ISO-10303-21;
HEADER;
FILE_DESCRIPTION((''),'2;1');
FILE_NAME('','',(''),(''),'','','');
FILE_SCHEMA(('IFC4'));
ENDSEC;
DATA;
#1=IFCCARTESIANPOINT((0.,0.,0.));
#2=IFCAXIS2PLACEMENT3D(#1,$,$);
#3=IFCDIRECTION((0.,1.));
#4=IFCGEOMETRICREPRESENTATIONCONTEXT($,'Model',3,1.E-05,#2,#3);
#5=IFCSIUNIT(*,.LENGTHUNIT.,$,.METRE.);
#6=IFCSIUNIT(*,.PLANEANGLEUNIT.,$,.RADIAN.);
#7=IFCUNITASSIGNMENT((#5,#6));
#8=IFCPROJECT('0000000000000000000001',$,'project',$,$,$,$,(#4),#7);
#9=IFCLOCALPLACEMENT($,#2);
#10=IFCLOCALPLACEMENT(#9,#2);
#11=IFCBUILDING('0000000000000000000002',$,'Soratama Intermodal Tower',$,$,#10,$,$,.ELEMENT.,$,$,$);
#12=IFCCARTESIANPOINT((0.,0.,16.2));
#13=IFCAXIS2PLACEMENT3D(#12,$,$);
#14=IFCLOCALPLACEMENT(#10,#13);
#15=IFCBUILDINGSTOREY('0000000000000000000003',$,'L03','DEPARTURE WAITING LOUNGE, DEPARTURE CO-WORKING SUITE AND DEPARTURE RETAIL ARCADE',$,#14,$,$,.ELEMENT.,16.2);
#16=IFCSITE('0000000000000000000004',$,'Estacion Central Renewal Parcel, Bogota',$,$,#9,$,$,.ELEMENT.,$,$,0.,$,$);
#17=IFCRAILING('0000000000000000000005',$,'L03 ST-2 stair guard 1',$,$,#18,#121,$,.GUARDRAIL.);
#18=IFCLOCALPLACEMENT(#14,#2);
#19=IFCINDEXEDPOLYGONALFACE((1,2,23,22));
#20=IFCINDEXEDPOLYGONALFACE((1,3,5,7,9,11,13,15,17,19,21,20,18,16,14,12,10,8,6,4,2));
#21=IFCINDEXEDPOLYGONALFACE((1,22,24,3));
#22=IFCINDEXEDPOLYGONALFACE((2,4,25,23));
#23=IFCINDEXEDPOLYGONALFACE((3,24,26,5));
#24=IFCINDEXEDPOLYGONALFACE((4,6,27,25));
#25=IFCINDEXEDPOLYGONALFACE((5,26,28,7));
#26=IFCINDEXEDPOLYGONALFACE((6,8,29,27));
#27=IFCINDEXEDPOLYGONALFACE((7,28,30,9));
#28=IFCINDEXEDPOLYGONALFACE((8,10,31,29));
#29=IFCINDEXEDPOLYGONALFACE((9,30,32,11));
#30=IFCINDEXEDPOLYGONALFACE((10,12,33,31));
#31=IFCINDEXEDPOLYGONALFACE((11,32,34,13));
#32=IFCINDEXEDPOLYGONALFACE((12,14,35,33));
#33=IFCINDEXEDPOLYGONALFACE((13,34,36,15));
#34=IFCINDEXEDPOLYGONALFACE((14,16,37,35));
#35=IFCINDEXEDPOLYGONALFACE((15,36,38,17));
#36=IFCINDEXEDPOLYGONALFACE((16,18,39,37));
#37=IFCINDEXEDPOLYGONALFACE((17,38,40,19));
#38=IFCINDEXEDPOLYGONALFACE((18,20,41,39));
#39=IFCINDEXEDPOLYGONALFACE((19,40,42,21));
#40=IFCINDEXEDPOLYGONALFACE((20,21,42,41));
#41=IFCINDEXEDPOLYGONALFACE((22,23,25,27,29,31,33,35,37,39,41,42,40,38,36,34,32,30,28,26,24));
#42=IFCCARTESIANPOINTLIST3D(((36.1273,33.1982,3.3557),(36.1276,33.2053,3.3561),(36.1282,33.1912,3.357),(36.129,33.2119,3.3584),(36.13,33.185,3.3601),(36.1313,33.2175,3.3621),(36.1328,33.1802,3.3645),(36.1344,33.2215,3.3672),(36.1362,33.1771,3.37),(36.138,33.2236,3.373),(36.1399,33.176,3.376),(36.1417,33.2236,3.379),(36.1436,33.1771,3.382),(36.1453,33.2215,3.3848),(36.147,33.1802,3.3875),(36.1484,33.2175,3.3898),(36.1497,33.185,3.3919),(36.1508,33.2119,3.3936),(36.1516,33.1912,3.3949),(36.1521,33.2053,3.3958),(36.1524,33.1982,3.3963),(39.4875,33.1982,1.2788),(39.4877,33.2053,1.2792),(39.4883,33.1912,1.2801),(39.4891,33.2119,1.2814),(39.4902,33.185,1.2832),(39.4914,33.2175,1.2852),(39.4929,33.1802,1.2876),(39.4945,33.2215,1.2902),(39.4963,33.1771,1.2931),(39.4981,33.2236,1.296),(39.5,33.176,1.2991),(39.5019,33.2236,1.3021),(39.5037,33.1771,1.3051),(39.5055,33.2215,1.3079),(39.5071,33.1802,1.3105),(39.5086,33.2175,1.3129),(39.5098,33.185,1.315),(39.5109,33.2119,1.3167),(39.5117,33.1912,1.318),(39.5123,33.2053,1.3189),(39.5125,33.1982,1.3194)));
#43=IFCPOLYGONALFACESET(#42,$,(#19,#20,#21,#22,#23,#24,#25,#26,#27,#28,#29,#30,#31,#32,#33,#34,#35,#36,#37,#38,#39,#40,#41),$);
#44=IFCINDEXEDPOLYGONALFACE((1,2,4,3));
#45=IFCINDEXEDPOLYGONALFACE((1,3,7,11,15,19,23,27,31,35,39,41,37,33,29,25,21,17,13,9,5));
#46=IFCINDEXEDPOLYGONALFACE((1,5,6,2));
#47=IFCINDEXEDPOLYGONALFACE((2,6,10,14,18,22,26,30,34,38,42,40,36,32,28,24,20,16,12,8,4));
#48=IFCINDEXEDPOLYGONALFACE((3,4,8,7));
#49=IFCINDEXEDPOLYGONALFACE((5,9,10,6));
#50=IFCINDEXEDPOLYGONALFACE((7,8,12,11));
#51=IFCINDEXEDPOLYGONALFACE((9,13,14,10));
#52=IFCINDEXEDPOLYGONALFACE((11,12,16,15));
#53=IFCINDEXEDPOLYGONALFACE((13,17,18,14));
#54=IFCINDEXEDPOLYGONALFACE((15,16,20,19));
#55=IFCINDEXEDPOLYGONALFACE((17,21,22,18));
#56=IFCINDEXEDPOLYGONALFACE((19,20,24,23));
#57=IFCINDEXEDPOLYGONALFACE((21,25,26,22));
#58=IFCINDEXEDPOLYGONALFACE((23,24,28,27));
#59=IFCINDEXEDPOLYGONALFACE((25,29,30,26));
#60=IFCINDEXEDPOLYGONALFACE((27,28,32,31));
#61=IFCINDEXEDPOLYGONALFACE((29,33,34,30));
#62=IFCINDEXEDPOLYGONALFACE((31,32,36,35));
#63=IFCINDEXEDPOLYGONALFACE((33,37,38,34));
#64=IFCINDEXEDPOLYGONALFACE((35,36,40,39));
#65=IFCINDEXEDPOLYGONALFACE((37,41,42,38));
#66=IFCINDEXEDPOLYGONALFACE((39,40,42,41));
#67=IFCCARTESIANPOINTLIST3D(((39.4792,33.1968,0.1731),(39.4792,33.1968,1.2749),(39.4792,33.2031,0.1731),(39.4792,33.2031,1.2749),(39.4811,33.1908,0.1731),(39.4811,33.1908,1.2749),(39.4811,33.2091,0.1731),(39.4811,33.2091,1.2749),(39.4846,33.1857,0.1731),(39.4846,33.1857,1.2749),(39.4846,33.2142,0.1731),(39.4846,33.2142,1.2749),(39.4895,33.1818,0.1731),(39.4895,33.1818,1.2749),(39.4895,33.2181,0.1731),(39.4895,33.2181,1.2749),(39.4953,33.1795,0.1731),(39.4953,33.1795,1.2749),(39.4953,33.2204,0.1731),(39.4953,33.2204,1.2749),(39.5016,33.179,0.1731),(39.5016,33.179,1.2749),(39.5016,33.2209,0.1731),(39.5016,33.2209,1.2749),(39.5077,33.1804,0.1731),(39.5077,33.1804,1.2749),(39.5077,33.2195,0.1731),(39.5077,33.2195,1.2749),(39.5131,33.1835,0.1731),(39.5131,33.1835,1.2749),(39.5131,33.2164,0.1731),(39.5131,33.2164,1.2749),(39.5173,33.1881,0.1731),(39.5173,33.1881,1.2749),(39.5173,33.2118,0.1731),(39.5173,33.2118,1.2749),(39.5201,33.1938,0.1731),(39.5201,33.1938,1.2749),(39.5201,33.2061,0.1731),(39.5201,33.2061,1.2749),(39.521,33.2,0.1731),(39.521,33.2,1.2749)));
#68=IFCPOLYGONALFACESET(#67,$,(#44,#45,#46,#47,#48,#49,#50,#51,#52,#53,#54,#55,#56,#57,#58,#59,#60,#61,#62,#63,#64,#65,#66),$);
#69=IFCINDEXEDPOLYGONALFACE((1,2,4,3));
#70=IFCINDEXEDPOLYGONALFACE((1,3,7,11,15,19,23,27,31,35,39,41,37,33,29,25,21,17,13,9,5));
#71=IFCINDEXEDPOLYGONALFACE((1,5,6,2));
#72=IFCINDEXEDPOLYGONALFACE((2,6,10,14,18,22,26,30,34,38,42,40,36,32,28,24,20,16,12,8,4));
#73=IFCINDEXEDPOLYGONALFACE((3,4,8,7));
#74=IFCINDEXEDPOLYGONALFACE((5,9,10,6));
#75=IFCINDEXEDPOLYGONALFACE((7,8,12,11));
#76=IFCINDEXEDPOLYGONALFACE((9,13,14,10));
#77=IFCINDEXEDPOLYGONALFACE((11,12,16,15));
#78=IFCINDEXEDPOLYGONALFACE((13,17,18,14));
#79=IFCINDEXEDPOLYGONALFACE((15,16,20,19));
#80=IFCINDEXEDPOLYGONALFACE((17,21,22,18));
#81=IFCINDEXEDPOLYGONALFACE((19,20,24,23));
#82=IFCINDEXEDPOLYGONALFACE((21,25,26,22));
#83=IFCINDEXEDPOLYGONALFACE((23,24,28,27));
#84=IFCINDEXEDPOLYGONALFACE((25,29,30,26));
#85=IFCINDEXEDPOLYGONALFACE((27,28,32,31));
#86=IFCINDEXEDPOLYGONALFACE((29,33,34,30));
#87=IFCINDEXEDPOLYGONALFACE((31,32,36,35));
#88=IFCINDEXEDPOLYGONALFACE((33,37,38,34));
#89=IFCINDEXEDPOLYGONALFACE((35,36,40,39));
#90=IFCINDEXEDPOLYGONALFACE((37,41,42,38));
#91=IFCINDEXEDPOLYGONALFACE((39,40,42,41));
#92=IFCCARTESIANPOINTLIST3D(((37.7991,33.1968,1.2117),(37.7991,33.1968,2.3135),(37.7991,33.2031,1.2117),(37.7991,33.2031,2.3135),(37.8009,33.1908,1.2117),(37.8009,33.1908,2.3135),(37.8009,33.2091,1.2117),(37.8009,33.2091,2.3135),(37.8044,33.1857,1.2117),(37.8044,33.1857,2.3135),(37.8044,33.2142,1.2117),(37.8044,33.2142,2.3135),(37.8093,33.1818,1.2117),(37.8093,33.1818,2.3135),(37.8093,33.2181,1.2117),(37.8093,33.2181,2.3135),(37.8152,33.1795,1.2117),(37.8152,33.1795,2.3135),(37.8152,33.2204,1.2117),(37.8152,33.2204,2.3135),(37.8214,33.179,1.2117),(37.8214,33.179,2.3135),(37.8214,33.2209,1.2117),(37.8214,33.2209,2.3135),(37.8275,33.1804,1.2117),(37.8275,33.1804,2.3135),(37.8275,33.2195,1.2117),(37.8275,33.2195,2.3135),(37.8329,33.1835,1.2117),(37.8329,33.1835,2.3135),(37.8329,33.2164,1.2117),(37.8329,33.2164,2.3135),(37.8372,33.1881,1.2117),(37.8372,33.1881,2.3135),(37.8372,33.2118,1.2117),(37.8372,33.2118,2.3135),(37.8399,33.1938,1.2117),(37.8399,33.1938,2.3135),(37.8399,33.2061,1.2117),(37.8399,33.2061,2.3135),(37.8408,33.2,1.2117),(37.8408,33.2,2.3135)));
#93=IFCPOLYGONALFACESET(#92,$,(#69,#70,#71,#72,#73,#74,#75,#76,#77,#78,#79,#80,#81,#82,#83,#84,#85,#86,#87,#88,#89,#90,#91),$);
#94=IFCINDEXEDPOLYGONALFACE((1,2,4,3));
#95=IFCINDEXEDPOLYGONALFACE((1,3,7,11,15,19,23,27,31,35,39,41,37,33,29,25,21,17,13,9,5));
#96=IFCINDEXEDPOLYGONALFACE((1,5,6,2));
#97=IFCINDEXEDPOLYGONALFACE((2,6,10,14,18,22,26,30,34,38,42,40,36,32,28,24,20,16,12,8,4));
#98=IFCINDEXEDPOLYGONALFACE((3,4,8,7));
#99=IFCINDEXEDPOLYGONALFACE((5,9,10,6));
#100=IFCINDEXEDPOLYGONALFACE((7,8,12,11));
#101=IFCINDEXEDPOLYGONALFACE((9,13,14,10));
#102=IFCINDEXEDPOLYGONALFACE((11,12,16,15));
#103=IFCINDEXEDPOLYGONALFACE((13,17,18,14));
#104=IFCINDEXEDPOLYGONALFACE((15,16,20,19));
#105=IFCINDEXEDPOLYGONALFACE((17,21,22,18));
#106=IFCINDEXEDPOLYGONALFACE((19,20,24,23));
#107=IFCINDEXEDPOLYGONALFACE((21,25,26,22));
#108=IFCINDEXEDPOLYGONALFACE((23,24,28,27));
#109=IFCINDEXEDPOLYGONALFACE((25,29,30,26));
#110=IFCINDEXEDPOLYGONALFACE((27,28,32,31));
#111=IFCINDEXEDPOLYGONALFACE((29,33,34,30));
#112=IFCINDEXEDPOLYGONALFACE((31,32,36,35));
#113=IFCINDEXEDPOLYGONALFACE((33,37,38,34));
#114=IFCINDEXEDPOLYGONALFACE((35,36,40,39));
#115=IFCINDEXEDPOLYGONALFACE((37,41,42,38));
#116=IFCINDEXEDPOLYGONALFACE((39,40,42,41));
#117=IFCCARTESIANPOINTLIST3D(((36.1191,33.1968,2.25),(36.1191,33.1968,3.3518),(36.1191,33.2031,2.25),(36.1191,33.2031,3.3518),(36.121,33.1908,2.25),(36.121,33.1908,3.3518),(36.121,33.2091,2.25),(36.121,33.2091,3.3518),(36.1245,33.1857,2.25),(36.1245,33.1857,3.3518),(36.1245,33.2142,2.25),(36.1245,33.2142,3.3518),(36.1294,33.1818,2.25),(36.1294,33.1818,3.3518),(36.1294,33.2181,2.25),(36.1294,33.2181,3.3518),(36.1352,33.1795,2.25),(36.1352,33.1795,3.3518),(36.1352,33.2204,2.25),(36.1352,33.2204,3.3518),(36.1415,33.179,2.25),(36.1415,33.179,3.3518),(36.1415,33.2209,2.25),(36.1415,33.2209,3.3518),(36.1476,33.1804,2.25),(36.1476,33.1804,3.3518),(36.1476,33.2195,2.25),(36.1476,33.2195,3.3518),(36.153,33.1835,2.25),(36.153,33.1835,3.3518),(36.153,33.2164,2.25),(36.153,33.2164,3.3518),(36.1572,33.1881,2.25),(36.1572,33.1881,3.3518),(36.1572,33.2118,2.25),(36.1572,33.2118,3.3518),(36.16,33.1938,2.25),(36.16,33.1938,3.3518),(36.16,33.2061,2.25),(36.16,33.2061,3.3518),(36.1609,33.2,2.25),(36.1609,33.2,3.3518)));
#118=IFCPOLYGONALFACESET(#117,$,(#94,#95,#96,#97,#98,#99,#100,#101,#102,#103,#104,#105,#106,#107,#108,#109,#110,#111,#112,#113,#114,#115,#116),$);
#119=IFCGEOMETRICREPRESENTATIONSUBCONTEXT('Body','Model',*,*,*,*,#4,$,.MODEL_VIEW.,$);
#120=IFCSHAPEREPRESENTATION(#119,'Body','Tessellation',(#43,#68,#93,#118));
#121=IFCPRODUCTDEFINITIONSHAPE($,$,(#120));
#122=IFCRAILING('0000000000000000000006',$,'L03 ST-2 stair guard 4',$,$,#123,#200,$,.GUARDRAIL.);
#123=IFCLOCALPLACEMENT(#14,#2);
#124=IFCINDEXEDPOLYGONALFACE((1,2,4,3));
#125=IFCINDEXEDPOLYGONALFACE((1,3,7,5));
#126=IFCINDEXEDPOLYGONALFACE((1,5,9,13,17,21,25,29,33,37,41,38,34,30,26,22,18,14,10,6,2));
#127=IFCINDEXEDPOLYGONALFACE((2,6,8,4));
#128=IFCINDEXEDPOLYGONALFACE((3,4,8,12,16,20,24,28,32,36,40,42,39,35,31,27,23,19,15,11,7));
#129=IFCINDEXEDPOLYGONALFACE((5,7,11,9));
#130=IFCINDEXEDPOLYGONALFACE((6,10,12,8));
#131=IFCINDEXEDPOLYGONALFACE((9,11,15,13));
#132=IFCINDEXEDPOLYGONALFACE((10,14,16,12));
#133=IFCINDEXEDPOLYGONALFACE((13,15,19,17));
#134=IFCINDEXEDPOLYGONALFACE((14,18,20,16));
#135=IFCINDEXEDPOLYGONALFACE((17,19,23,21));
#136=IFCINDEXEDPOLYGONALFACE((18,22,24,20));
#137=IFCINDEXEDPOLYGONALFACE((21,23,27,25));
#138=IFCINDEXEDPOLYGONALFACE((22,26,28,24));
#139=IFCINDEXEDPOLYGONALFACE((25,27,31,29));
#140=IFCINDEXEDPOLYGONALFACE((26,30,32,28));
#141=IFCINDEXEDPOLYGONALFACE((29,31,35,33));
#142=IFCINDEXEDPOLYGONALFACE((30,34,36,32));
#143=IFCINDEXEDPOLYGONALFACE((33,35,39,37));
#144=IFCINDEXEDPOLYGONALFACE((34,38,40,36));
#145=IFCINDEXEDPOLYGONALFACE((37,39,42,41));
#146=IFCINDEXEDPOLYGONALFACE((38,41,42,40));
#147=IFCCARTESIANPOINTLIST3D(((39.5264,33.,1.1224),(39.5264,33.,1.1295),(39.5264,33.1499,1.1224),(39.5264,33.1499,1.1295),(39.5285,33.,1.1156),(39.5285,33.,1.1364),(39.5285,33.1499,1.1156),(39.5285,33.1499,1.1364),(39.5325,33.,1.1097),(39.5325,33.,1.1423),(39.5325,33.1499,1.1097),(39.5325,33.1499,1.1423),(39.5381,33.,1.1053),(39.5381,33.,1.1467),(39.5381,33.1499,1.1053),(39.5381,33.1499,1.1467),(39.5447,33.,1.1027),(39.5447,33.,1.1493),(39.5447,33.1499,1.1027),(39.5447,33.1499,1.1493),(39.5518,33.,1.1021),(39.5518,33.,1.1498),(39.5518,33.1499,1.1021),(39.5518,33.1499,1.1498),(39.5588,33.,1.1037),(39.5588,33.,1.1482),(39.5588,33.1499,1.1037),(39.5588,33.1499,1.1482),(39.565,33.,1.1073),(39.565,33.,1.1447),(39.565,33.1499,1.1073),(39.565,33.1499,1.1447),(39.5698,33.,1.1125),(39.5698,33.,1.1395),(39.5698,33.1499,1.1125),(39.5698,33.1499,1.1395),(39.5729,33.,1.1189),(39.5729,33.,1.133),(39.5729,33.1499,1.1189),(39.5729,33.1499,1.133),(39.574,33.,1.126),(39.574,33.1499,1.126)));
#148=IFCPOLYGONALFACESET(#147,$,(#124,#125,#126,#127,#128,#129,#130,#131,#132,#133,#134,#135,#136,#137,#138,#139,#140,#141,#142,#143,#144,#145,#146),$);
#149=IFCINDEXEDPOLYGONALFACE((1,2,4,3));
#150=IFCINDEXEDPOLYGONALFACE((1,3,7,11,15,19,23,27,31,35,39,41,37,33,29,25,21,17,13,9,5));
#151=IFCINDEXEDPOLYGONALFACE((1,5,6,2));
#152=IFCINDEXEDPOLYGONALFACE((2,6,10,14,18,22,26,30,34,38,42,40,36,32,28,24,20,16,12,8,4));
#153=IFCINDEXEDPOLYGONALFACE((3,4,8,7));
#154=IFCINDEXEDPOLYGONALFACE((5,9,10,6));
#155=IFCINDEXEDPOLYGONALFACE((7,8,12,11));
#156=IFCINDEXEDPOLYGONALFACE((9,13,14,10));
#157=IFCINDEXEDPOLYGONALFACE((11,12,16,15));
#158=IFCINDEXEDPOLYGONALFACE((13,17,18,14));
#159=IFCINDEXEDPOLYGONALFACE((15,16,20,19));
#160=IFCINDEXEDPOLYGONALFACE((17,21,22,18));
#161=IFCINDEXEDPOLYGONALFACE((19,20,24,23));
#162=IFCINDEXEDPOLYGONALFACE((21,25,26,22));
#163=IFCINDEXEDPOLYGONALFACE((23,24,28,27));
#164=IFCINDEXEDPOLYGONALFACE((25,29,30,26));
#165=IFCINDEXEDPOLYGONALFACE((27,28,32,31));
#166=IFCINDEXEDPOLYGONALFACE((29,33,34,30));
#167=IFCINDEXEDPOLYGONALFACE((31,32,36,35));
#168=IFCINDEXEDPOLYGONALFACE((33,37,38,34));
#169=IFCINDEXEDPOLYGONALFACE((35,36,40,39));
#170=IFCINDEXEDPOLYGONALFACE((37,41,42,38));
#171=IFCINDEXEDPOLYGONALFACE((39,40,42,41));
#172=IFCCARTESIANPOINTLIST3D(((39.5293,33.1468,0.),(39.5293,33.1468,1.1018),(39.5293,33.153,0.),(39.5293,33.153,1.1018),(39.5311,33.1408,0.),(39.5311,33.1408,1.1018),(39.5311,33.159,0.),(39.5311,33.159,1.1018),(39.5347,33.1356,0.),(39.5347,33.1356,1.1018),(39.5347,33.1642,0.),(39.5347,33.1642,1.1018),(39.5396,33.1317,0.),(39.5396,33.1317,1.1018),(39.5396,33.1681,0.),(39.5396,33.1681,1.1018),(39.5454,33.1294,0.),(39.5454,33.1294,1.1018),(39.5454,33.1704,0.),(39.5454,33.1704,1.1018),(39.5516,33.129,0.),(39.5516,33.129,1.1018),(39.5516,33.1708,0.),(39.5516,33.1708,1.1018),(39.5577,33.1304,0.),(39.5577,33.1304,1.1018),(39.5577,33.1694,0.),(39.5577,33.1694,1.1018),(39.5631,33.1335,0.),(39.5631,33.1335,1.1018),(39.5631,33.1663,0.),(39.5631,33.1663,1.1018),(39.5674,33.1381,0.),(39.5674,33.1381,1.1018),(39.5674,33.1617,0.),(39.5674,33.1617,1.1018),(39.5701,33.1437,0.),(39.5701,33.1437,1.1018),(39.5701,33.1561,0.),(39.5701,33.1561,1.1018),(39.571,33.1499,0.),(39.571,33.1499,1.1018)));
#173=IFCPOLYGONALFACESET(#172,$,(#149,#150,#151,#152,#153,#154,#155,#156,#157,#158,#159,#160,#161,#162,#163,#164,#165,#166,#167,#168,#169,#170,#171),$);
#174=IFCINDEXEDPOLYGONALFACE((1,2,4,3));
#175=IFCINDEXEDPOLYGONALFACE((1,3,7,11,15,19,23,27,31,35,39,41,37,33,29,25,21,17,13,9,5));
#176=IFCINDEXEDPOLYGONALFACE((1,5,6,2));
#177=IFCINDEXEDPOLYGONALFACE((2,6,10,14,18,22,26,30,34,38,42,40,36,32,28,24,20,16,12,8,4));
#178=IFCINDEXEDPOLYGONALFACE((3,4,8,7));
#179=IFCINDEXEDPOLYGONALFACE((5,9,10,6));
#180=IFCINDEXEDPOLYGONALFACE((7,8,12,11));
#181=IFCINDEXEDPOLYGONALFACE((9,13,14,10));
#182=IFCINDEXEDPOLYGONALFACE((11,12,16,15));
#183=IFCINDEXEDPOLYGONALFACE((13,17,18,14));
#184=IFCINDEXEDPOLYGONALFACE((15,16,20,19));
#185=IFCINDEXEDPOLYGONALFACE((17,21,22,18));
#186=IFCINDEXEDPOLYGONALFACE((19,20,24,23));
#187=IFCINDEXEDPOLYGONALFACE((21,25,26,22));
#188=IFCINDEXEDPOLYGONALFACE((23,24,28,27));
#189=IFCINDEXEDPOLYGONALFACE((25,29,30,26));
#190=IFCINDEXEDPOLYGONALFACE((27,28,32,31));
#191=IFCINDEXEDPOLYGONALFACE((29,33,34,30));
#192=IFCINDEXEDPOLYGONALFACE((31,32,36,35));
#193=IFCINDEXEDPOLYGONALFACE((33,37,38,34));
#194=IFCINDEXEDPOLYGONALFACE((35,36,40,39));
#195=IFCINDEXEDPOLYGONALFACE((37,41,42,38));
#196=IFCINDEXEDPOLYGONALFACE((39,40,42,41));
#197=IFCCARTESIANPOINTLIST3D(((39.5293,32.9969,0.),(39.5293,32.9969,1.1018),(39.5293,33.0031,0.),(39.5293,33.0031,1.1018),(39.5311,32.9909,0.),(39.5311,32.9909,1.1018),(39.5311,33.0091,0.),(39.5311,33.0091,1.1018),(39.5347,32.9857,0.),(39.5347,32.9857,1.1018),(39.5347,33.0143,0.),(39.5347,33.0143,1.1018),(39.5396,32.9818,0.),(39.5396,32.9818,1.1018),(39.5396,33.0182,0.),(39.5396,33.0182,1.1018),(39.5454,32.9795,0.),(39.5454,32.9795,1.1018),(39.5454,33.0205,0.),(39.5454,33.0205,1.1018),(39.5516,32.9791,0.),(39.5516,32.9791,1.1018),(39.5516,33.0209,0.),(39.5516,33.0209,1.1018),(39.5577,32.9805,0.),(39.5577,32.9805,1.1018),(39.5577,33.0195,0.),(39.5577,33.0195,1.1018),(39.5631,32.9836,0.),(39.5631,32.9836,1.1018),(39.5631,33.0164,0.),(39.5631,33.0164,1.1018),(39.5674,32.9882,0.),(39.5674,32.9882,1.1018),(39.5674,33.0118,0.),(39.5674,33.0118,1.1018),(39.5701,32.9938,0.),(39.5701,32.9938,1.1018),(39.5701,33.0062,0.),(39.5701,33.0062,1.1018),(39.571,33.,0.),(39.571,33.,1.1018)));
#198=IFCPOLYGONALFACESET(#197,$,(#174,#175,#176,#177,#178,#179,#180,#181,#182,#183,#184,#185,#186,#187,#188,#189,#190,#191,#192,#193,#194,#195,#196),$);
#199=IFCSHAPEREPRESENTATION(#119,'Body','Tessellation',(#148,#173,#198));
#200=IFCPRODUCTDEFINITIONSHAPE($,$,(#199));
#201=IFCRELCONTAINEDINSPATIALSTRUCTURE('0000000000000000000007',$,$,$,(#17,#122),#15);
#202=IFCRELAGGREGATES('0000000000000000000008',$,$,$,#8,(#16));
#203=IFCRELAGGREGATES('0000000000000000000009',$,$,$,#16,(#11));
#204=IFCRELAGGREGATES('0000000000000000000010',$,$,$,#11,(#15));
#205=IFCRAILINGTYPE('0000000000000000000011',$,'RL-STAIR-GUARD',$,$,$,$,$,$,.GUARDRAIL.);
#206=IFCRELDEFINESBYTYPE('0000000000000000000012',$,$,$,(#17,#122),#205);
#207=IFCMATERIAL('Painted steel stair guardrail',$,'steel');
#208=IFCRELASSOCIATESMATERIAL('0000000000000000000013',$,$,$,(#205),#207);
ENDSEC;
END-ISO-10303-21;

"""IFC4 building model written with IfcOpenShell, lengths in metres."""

from ifc_helpers import new_model, si_unit, direction, frame, origin, origin_2d, place, context, subcontext, project, spatial, circle, extrude, material, type_object, element, save


model = new_model("IFC4")

# Units and contexts
model_context = context("Model", 3, precision=1e-05, world=origin(), true_north=direction((0.0, 1.0)))
body_context = subcontext(model_context, "Body", "Model", "MODEL_VIEW")
ifc_project = project(units=[si_unit("LENGTHUNIT", "METRE"), si_unit("PLANEANGLEUNIT", "RADIAN")], contexts=[model_context])

# Site, building, storey
site_placement = place(None, origin())
site = spatial("IfcSite", under=ifc_project, at=site_placement, Name="Estacion Central Renewal Parcel, Bogota", CompositionType="ELEMENT", RefElevation=0.0)
building_placement = place(site_placement, origin())
building = spatial("IfcBuilding", under=site, at=building_placement, Name="Soratama Intermodal Tower", CompositionType="ELEMENT")
storey_placement = place(building_placement, frame((0.0, 0.0, 16.2)))
storey = spatial("IfcBuildingStorey", under=building, at=storey_placement, Name="L03", Description="DEPARTURE WAITING LOUNGE, DEPARTURE CO-WORKING SUITE AND DEPARTURE RETAIL ARCADE", CompositionType="ELEMENT", Elevation=16.2)

# Railings
ifc_material_1 = material(Name="Painted steel stair guardrail", Category="steel")
railing_type_1 = type_object("IfcRailingType", Name="RL-STAIR-GUARD", PredefinedType="GUARDRAIL", material=ifc_material_1)
railing_1_placement = place(storey_placement, frame((39.5, 33.2, 0.1731)))
element("IfcRailing", 1, at=railing_1_placement, inside=storey, type_object=railing_type_1, Name="L03 ST-2 stair guard 1", PredefinedType="GUARDRAIL", context=body_context, shape_type="SweptSolid", body=[
    extrude(circle(Radius=0.0239, at=origin_2d()), frame((0.0, 0.0, 1.126), z_axis=(-0.850623, 0.0, 0.525776), x_axis=(0.0, -1.0, 0.0)), (0.0, 0.0, 1.0), 3.9502),
    extrude(circle(Radius=0.021, at=origin_2d()), origin(), (0.0, 0.0, 1.0), 1.1018),
    extrude(circle(Radius=0.021, at=origin_2d()), frame((-1.6802, 0.0, 1.0386)), (0.0, 0.0, 1.0), 1.1018),
    extrude(circle(Radius=0.021, at=origin_2d()), frame((-3.3601, 0.0, 2.0769)), (0.0, 0.0, 1.0), 1.1018),
])
railing_2_placement = place(storey_placement, frame((39.55, 33.1499, 0.0)))
element("IfcRailing", 2, at=railing_2_placement, inside=storey, type_object=railing_type_1, Name="L03 ST-2 stair guard 4", PredefinedType="GUARDRAIL", context=body_context, shape_type="SweptSolid", body=[
    extrude(circle(Radius=0.0239, at=origin_2d()), frame((0.0, 0.0, 1.126), z_axis=(0.0, -1.0, 0.0), x_axis=(1.0, 0.0, 0.0)), (0.0, 0.0, 1.0), 0.1499),
    extrude(circle(Radius=0.021, at=origin_2d()), origin(), (0.0, 0.0, 1.0), 1.1018),
    extrude(circle(Radius=0.021, at=origin_2d()), frame((0.0, -0.1499, 0.0)), (0.0, 0.0, 1.0), 1.1018),
])

save(model, "model.ifc")
